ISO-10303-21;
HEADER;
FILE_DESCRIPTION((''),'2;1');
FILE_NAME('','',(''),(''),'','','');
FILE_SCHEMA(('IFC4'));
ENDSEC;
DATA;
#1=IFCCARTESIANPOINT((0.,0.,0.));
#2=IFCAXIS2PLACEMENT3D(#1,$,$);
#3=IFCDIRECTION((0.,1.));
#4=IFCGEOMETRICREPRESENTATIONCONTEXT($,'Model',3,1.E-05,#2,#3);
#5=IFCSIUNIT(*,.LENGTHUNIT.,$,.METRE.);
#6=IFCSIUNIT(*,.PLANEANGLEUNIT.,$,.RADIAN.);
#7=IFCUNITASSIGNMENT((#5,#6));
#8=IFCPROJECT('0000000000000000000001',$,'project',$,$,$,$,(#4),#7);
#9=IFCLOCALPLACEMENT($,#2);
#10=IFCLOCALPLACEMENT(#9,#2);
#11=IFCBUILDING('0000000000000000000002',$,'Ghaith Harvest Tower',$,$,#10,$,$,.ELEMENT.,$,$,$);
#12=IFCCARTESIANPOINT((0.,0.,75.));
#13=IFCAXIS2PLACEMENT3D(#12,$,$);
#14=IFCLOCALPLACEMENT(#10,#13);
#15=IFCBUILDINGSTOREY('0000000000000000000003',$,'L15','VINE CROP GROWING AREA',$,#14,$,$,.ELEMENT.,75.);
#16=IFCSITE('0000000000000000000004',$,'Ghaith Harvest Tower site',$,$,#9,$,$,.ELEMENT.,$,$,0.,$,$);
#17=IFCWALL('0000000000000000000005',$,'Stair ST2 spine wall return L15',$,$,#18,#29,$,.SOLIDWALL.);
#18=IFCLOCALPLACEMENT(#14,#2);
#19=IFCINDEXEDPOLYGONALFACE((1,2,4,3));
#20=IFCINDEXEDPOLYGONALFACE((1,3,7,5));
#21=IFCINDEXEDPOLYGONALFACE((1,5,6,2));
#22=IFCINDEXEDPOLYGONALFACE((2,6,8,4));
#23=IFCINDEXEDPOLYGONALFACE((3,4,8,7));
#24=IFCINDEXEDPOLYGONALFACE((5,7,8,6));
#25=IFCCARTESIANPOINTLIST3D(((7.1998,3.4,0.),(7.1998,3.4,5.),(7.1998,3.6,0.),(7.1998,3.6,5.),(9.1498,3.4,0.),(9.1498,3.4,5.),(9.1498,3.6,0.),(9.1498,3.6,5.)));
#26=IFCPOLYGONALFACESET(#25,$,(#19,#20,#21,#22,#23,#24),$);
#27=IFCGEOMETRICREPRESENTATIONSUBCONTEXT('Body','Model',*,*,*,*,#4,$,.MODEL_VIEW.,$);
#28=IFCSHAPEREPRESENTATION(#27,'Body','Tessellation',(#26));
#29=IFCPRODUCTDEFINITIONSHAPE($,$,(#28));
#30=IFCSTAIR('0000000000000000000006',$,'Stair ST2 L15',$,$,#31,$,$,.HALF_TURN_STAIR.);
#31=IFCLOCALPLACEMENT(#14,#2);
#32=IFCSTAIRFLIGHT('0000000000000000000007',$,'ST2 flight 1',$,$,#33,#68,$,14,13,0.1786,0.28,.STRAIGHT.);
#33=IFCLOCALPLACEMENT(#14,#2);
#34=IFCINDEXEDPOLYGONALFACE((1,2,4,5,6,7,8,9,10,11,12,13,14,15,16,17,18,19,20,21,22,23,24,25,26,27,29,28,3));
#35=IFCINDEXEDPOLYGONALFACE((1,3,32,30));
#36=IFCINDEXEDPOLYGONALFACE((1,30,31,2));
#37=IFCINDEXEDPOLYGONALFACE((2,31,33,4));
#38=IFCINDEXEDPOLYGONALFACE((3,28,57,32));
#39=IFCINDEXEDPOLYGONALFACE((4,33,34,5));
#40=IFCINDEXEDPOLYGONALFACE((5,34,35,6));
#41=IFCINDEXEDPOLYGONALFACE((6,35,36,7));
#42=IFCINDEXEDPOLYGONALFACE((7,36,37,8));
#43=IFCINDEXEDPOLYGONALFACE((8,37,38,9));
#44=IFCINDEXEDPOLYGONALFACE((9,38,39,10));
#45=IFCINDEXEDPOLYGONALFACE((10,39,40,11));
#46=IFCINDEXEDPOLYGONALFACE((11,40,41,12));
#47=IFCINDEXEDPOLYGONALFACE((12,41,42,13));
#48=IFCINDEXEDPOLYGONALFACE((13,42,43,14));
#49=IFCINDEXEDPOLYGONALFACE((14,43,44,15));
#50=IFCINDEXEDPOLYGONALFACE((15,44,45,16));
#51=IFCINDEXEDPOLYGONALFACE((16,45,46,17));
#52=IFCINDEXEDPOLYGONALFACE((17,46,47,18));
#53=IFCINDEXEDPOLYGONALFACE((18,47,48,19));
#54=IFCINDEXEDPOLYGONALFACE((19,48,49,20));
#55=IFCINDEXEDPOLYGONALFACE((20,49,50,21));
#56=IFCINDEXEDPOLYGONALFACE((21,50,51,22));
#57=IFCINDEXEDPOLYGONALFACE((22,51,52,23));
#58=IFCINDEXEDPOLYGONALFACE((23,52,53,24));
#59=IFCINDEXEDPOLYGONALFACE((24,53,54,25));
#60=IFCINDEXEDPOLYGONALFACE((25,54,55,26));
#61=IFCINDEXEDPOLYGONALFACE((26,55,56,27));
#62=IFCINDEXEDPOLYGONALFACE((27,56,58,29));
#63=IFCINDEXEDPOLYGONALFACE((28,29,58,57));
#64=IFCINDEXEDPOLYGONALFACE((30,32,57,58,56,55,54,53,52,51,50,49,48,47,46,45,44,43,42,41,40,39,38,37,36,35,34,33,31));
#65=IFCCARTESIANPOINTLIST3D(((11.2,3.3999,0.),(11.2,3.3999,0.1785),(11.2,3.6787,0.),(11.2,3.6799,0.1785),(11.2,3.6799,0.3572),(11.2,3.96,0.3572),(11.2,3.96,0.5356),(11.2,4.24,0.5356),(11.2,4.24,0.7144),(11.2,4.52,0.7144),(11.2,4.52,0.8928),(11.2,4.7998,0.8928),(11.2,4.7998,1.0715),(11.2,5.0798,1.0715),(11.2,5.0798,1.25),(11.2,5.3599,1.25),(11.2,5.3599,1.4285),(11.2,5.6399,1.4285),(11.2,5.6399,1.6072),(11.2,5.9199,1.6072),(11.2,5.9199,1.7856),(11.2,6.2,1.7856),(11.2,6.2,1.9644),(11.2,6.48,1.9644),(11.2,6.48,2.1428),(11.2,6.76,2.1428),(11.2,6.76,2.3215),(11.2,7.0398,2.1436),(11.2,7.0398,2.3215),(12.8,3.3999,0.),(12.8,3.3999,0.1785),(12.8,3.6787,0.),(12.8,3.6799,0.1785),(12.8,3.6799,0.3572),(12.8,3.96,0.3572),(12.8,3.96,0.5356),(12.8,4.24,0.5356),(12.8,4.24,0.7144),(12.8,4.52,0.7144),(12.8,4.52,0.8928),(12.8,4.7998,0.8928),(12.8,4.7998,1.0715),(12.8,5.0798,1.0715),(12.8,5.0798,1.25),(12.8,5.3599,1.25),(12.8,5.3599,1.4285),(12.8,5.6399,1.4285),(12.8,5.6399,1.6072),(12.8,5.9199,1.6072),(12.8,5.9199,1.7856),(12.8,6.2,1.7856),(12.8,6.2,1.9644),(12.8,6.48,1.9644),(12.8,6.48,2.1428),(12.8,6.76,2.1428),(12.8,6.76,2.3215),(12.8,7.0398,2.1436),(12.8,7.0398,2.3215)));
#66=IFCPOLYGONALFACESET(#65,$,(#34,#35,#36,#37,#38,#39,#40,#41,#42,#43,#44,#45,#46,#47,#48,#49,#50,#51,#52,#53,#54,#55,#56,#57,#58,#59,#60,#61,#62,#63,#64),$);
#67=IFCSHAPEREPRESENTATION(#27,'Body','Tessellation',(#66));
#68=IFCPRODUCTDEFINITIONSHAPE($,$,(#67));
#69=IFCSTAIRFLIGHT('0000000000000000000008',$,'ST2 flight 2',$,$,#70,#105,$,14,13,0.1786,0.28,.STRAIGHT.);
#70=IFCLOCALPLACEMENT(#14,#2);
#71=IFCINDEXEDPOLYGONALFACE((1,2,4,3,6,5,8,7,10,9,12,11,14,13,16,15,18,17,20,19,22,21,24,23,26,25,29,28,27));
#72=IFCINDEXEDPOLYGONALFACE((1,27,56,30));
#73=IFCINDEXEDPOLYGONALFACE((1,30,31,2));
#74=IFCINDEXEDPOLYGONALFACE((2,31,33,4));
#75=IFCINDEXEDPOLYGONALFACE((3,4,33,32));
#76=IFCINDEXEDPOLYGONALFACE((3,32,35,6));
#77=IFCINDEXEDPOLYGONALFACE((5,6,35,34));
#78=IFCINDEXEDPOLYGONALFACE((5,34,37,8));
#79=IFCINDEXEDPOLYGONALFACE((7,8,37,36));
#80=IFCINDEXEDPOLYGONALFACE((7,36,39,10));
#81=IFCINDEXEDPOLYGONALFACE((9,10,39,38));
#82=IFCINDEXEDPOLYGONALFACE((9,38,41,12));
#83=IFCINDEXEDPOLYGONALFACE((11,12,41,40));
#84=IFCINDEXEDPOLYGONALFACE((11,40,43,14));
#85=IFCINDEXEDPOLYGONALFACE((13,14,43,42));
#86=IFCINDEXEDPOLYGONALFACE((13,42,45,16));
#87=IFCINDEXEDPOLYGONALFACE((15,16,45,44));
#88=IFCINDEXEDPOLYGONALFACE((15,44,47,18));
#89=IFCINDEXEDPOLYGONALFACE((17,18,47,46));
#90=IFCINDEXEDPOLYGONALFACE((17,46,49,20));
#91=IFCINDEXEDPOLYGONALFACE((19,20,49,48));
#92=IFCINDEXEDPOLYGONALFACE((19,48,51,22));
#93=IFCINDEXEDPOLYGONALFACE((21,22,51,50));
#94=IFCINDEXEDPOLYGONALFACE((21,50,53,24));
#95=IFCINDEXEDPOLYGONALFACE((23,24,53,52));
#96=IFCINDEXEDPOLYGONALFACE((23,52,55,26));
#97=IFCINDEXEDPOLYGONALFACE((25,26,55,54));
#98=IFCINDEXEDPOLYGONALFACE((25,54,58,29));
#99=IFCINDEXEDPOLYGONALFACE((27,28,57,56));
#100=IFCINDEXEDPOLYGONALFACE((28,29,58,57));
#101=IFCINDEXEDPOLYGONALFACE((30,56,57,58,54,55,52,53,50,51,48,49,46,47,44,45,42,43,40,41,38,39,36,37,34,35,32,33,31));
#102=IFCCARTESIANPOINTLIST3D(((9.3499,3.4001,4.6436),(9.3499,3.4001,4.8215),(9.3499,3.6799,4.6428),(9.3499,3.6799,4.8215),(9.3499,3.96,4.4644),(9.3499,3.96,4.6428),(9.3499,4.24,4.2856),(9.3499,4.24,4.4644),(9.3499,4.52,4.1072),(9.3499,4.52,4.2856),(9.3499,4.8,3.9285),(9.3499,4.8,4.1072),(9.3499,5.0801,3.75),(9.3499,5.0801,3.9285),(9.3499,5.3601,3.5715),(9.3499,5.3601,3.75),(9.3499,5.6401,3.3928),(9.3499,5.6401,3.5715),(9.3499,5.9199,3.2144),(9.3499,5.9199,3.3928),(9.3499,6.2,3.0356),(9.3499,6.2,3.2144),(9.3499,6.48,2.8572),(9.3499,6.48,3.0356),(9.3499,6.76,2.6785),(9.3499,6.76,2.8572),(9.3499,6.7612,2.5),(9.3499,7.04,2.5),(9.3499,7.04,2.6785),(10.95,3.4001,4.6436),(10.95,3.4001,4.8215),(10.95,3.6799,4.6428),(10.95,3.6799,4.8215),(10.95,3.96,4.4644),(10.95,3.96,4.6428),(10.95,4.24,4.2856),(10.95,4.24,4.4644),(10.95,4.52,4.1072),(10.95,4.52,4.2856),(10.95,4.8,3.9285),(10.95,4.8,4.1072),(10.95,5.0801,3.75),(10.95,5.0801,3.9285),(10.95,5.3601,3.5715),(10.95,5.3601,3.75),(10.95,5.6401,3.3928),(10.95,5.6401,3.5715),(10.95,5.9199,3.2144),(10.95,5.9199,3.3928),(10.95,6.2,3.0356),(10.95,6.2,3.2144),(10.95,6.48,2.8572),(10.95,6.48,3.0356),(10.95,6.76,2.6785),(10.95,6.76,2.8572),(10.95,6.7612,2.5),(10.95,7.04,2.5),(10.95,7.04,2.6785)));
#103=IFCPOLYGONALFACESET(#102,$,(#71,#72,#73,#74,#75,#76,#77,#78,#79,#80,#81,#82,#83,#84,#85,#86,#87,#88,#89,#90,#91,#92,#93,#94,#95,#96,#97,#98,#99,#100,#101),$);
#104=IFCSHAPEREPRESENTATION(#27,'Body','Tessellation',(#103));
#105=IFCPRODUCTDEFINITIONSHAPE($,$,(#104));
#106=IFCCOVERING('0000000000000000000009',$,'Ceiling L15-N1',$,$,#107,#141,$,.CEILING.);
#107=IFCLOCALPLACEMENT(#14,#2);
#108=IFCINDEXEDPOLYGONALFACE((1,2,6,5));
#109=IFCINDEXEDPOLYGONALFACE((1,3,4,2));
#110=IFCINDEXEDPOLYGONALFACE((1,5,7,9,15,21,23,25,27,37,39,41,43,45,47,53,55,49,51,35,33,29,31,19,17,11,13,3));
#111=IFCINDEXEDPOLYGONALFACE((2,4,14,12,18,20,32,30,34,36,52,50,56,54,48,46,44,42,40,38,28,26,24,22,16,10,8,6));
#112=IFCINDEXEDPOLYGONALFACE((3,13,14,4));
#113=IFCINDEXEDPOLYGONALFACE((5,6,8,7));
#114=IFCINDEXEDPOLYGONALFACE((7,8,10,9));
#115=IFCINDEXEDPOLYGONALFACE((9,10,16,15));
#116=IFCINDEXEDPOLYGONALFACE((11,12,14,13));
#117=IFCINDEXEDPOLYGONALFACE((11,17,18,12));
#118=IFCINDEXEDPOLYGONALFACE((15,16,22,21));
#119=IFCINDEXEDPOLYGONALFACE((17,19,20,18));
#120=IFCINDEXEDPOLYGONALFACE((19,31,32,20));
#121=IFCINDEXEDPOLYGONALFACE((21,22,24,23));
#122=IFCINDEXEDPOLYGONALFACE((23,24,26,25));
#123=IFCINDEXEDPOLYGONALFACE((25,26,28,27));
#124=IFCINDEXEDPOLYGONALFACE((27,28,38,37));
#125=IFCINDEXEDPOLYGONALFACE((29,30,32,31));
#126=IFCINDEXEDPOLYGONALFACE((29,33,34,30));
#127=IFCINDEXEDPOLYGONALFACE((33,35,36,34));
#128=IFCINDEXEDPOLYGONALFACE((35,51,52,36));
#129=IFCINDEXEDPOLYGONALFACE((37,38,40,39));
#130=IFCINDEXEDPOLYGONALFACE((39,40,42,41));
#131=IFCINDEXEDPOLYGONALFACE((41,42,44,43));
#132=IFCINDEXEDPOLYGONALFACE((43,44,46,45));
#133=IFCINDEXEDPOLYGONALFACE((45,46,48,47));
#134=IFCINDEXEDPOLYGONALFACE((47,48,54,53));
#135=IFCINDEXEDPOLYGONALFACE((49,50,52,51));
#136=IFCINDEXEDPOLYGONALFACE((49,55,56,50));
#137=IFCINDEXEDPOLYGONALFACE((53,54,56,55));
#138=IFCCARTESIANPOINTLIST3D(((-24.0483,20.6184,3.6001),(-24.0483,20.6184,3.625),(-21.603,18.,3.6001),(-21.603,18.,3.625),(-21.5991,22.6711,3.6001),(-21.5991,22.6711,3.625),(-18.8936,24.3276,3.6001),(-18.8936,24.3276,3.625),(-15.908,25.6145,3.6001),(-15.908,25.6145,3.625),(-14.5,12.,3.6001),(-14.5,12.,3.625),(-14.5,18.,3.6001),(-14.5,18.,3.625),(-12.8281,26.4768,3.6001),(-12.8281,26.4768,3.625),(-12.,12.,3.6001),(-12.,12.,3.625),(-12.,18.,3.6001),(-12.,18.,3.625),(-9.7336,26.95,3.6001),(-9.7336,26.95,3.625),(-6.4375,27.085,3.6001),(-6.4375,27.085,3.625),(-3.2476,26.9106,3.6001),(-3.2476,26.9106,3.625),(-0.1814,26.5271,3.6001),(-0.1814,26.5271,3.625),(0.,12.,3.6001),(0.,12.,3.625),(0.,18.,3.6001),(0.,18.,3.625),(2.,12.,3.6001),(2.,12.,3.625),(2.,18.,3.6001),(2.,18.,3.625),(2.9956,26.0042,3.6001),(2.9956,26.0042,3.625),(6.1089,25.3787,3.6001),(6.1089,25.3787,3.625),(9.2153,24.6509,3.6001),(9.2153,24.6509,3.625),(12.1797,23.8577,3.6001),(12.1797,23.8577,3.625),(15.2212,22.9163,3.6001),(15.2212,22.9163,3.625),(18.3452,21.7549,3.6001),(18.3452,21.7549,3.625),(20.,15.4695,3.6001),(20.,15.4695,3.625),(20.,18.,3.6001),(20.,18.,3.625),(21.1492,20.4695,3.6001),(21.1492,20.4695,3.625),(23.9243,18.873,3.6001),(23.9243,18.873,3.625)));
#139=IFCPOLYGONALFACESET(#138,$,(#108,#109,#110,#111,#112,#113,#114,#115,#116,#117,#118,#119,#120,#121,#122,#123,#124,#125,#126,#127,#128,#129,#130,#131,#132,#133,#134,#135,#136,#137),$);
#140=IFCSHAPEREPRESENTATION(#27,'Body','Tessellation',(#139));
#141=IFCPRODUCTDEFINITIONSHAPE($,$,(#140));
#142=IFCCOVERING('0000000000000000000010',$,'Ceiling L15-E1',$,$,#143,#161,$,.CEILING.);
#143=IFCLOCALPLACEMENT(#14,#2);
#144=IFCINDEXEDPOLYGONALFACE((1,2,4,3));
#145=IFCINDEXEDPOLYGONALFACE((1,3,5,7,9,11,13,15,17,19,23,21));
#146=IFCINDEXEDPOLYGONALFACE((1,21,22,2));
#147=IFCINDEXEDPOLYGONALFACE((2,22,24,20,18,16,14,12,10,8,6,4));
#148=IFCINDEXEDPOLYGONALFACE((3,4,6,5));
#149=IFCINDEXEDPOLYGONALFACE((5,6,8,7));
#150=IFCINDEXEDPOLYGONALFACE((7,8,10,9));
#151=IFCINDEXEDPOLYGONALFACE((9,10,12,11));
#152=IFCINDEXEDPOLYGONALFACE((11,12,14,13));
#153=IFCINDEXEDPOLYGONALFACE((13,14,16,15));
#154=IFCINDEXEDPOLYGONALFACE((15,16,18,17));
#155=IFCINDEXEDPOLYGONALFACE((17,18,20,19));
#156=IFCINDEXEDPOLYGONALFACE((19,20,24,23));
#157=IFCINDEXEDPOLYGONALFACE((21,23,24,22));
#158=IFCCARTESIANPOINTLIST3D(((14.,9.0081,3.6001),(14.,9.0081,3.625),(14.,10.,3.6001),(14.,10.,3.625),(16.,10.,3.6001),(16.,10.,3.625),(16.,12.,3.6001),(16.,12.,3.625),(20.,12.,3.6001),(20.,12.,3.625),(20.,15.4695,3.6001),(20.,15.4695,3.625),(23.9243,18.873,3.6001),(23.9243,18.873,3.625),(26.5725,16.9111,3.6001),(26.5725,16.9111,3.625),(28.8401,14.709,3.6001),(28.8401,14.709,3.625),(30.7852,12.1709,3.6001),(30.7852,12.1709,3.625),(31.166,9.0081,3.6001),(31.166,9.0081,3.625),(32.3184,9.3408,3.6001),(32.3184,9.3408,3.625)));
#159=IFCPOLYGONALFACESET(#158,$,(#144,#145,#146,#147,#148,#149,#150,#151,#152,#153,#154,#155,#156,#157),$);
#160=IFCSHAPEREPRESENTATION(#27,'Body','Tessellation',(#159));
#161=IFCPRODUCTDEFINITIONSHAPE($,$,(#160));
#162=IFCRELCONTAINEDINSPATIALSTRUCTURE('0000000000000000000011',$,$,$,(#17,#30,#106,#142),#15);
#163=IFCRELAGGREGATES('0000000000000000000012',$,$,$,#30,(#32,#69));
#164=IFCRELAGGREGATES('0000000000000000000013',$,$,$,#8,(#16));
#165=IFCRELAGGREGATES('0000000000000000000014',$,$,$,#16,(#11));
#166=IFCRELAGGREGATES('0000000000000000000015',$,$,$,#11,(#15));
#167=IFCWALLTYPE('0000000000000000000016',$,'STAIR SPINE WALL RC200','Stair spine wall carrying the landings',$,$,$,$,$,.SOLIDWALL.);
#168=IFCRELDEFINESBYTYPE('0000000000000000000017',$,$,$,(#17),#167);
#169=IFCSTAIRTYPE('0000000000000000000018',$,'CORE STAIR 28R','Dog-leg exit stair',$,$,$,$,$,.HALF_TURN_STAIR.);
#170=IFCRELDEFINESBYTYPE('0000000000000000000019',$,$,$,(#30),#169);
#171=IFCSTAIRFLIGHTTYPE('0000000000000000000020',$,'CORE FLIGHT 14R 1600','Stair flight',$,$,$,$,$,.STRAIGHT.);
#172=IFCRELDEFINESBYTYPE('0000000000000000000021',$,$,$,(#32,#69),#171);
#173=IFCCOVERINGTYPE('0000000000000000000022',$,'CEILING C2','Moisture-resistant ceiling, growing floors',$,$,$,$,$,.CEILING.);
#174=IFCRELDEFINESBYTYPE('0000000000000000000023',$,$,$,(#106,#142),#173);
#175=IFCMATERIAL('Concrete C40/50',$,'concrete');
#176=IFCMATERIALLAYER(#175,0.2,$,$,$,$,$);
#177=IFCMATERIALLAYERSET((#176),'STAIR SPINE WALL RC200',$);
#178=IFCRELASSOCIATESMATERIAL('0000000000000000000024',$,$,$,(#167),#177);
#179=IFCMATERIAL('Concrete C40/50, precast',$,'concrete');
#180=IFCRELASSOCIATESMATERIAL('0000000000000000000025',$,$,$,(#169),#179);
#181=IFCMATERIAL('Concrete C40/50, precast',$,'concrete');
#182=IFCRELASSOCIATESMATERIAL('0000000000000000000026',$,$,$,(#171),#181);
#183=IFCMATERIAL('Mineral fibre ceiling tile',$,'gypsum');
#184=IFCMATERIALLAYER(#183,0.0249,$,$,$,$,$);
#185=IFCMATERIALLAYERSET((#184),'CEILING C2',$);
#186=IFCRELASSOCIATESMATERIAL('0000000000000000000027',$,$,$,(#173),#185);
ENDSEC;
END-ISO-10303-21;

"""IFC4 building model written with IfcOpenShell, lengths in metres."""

from ifc_helpers import new_model, si_unit, direction, frame, frame_2d, origin, place, context, subcontext, project, spatial, polyline, rectangle, outline, extrude, material, layer, layer_set, type_object, element, aggregate, save


model = new_model("IFC4")

# Units and contexts
model_context = context("Model", 3, precision=1e-05, world=origin(), true_north=direction((0.0, 1.0)))
body_context = subcontext(model_context, "Body", "Model", "MODEL_VIEW")
ifc_project = project(units=[si_unit("LENGTHUNIT", "METRE"), si_unit("PLANEANGLEUNIT", "RADIAN")], contexts=[model_context])

# Site, building, storey
site_placement = place(None, origin())
site = spatial("IfcSite", under=ifc_project, at=site_placement, Name="Ghaith Harvest Tower site", CompositionType="ELEMENT", RefElevation=0.0)
building_placement = place(site_placement, origin())
building = spatial("IfcBuilding", under=site, at=building_placement, Name="Ghaith Harvest Tower", CompositionType="ELEMENT")
storey_placement = place(building_placement, frame((0.0, 0.0, 75.0)))
storey = spatial("IfcBuildingStorey", under=building, at=storey_placement, Name="L15", Description="VINE CROP GROWING AREA", CompositionType="ELEMENT", Elevation=75.0)

# Wall
ifc_material_1 = material(Name="Concrete C40/50", Category="concrete")
ifc_layer_1 = layer(ifc_material_1, 0.2)
ifc_layer_set_1 = layer_set([ifc_layer_1], Name="STAIR SPINE WALL RC200")
wall_type_1 = type_object("IfcWallType", Name="STAIR SPINE WALL RC200", Description="Stair spine wall carrying the landings", PredefinedType="SOLIDWALL", material=ifc_layer_set_1)
wall_1_placement = place(storey_placement, frame((9.1499, 3.5, 0.0), z_axis=(0.0, 0.0, 1.0), x_axis=(-1.0, 0.0, 0.0)))
element("IfcWall", 1, at=wall_1_placement, inside=storey, type_object=wall_type_1, Name="Stair ST2 spine wall return L15", PredefinedType="SOLIDWALL", context=body_context, shape_type="SweptSolid", body=[
    extrude(rectangle(XDim=1.95, YDim=0.2, at=frame_2d((0.9751, 0.0))), origin(), (0.0, 0.0, 1.0), 5.0),
])

# Stair, stair flights
ifc_material_2 = material(Name="Concrete C40/50, precast", Category="concrete")
stair_type = type_object("IfcStairType", Name="CORE STAIR 28R", Description="Dog-leg exit stair", PredefinedType="HALF_TURN_STAIR", material=ifc_material_2)
stair_placement = place(storey_placement, origin())
stair = element("IfcStair", 2, at=stair_placement, inside=storey, type_object=stair_type, Name="Stair ST2 L15", PredefinedType="HALF_TURN_STAIR")
ifc_material_3 = material(Name="Concrete C40/50, precast", Category="concrete")
stair_flight_type = type_object("IfcStairFlightType", Name="CORE FLIGHT 14R 1600", Description="Stair flight", PredefinedType="STRAIGHT", material=ifc_material_3)
stair_flight_1_placement = place(storey_placement, frame((12.0, 3.3999, 0.0), z_axis=(0.0, 0.0, 1.0), x_axis=(0.0, 1.0, 0.0)))
stair_flight_1 = element("IfcStairFlight", 3, at=stair_flight_1_placement, type_object=stair_flight_type, Name="ST2 flight 1", NumberOfRisers=14, NumberOfTreads=13, PredefinedType="STRAIGHT", RiserHeight=0.1786, TreadLength=0.28, context=body_context, shape_type="SweptSolid", body=[
    extrude(outline(polyline([(0.0, 0.0), (0.0, 0.1785), (0.28, 0.1785), (0.28, 0.3572), (0.5601, 0.3572), (0.5601, 0.5356), (0.8401, 0.5356), (0.8401, 0.7144), (1.1201, 0.7144), (1.1201, 0.8928), (1.3999, 0.8928), (1.3999, 1.0715), (1.6799, 1.0715), (1.6799, 1.25), (1.96, 1.25), (1.96, 1.4285), (2.24, 1.4285), (2.24, 1.6072), (2.52, 1.6072), (2.52, 1.7856), (2.8, 1.7856), (2.8, 1.9644), (3.0801, 1.9644), (3.0801, 2.1428), (3.3601, 2.1428), (3.3601, 2.3215), (3.6399, 2.3215), (3.6399, 2.5), (3.6399, 2.1436), (0.2788, 0.0), (0.0, 0.0)])), frame((0.0, 0.8, 0.0), z_axis=(0.0, -1.0, 0.0), x_axis=(1.0, 0.0, 0.0)), (0.0, 0.0, 1.0), 1.6001),
])
stair_flight_2_placement = place(storey_placement, frame((10.1499, 7.04, 2.5), z_axis=(0.0, 0.0, 1.0), x_axis=(0.0, -1.0, 0.0)))
stair_flight_2 = element("IfcStairFlight", 4, at=stair_flight_2_placement, type_object=stair_flight_type, Name="ST2 flight 2", NumberOfRisers=14, NumberOfTreads=13, PredefinedType="STRAIGHT", RiserHeight=0.1786, TreadLength=0.28, context=body_context, shape_type="SweptSolid", body=[
    extrude(outline(polyline([(0.0, 0.0), (0.0, 0.1785), (0.28, 0.1785), (0.28, 0.3572), (0.5601, 0.3572), (0.5601, 0.5356), (0.8401, 0.5356), (0.8401, 0.7144), (1.1201, 0.7144), (1.1201, 0.8928), (1.3999, 0.8928), (1.3999, 1.0715), (1.6799, 1.0715), (1.6799, 1.25), (1.96, 1.25), (1.96, 1.4285), (2.24, 1.4285), (2.24, 1.6072), (2.52, 1.6072), (2.52, 1.7856), (2.8, 1.7856), (2.8, 1.9644), (3.0801, 1.9644), (3.0801, 2.1428), (3.3601, 2.1428), (3.3601, 2.3215), (3.6399, 2.3215), (3.6399, 2.5), (3.6399, 2.1436), (0.2788, 0.0), (0.0, 0.0)])), frame((0.0, 0.8, 0.0), z_axis=(0.0, -1.0, 0.0), x_axis=(1.0, 0.0, 0.0)), (0.0, 0.0, 1.0), 1.6001),
])
aggregate(stair, [stair_flight_1, stair_flight_2])

# Coverings
ifc_material_4 = material(Name="Mineral fibre ceiling tile", Category="gypsum")
ifc_layer_2 = layer(ifc_material_4, 0.0249)
ifc_layer_set_2 = layer_set([ifc_layer_2], Name="CEILING C2")
covering_type = type_object("IfcCoveringType", Name="CEILING C2", Description="Moisture-resistant ceiling, growing floors", PredefinedType="CEILING", material=ifc_layer_set_2)
covering_1_placement = place(storey_placement, frame((0.0, 0.0, 3.6001)))
element("IfcCovering", 5, at=covering_1_placement, inside=storey, type_object=covering_type, Name="Ceiling L15-N1", PredefinedType="CEILING", context=body_context, shape_type="SweptSolid", body=[
    extrude(outline(polyline([(-21.5991, 22.6711), (-18.8936, 24.3276), (-15.908, 25.6145), (-12.8281, 26.4768), (-9.7336, 26.95), (-6.4375, 27.085), (-3.2476, 26.9106), (-0.1814, 26.5271), (2.9956, 26.0042), (6.1089, 25.3787), (9.2153, 24.6509), (12.1797, 23.8577), (15.2212, 22.9163), (18.3452, 21.7549), (21.1492, 20.4695), (23.9243, 18.873), (20.0, 15.4695), (20.0, 18.0), (2.0, 18.0), (2.0, 12.0), (0.0, 12.0), (0.0, 18.0), (-12.0, 18.0), (-12.0, 12.0), (-14.5, 12.0), (-14.5, 18.0), (-21.603, 18.0), (-24.0483, 20.6184), (-21.5991, 22.6711)])), origin(), (0.0, 0.0, 1.0), 0.0249),
])
covering_2_placement = place(storey_placement, frame((0.0, 0.0, 3.6001)))
element("IfcCovering", 6, at=covering_2_placement, inside=storey, type_object=covering_type, Name="Ceiling L15-E1", PredefinedType="CEILING", context=body_context, shape_type="SweptSolid", body=[
    extrude(outline(polyline([(26.5725, 16.9111), (28.8401, 14.709), (30.7852, 12.1709), (32.3184, 9.3408), (32.3184, 9.3408), (31.166, 9.0081), (14.0, 9.0081), (14.0, 10.0), (16.0, 10.0), (16.0, 12.0), (20.0, 12.0), (20.0, 15.4695), (23.9243, 18.873), (26.5725, 16.9111)])), origin(), (0.0, 0.0, 1.0), 0.0249),
])

save(model, "model.ifc")
